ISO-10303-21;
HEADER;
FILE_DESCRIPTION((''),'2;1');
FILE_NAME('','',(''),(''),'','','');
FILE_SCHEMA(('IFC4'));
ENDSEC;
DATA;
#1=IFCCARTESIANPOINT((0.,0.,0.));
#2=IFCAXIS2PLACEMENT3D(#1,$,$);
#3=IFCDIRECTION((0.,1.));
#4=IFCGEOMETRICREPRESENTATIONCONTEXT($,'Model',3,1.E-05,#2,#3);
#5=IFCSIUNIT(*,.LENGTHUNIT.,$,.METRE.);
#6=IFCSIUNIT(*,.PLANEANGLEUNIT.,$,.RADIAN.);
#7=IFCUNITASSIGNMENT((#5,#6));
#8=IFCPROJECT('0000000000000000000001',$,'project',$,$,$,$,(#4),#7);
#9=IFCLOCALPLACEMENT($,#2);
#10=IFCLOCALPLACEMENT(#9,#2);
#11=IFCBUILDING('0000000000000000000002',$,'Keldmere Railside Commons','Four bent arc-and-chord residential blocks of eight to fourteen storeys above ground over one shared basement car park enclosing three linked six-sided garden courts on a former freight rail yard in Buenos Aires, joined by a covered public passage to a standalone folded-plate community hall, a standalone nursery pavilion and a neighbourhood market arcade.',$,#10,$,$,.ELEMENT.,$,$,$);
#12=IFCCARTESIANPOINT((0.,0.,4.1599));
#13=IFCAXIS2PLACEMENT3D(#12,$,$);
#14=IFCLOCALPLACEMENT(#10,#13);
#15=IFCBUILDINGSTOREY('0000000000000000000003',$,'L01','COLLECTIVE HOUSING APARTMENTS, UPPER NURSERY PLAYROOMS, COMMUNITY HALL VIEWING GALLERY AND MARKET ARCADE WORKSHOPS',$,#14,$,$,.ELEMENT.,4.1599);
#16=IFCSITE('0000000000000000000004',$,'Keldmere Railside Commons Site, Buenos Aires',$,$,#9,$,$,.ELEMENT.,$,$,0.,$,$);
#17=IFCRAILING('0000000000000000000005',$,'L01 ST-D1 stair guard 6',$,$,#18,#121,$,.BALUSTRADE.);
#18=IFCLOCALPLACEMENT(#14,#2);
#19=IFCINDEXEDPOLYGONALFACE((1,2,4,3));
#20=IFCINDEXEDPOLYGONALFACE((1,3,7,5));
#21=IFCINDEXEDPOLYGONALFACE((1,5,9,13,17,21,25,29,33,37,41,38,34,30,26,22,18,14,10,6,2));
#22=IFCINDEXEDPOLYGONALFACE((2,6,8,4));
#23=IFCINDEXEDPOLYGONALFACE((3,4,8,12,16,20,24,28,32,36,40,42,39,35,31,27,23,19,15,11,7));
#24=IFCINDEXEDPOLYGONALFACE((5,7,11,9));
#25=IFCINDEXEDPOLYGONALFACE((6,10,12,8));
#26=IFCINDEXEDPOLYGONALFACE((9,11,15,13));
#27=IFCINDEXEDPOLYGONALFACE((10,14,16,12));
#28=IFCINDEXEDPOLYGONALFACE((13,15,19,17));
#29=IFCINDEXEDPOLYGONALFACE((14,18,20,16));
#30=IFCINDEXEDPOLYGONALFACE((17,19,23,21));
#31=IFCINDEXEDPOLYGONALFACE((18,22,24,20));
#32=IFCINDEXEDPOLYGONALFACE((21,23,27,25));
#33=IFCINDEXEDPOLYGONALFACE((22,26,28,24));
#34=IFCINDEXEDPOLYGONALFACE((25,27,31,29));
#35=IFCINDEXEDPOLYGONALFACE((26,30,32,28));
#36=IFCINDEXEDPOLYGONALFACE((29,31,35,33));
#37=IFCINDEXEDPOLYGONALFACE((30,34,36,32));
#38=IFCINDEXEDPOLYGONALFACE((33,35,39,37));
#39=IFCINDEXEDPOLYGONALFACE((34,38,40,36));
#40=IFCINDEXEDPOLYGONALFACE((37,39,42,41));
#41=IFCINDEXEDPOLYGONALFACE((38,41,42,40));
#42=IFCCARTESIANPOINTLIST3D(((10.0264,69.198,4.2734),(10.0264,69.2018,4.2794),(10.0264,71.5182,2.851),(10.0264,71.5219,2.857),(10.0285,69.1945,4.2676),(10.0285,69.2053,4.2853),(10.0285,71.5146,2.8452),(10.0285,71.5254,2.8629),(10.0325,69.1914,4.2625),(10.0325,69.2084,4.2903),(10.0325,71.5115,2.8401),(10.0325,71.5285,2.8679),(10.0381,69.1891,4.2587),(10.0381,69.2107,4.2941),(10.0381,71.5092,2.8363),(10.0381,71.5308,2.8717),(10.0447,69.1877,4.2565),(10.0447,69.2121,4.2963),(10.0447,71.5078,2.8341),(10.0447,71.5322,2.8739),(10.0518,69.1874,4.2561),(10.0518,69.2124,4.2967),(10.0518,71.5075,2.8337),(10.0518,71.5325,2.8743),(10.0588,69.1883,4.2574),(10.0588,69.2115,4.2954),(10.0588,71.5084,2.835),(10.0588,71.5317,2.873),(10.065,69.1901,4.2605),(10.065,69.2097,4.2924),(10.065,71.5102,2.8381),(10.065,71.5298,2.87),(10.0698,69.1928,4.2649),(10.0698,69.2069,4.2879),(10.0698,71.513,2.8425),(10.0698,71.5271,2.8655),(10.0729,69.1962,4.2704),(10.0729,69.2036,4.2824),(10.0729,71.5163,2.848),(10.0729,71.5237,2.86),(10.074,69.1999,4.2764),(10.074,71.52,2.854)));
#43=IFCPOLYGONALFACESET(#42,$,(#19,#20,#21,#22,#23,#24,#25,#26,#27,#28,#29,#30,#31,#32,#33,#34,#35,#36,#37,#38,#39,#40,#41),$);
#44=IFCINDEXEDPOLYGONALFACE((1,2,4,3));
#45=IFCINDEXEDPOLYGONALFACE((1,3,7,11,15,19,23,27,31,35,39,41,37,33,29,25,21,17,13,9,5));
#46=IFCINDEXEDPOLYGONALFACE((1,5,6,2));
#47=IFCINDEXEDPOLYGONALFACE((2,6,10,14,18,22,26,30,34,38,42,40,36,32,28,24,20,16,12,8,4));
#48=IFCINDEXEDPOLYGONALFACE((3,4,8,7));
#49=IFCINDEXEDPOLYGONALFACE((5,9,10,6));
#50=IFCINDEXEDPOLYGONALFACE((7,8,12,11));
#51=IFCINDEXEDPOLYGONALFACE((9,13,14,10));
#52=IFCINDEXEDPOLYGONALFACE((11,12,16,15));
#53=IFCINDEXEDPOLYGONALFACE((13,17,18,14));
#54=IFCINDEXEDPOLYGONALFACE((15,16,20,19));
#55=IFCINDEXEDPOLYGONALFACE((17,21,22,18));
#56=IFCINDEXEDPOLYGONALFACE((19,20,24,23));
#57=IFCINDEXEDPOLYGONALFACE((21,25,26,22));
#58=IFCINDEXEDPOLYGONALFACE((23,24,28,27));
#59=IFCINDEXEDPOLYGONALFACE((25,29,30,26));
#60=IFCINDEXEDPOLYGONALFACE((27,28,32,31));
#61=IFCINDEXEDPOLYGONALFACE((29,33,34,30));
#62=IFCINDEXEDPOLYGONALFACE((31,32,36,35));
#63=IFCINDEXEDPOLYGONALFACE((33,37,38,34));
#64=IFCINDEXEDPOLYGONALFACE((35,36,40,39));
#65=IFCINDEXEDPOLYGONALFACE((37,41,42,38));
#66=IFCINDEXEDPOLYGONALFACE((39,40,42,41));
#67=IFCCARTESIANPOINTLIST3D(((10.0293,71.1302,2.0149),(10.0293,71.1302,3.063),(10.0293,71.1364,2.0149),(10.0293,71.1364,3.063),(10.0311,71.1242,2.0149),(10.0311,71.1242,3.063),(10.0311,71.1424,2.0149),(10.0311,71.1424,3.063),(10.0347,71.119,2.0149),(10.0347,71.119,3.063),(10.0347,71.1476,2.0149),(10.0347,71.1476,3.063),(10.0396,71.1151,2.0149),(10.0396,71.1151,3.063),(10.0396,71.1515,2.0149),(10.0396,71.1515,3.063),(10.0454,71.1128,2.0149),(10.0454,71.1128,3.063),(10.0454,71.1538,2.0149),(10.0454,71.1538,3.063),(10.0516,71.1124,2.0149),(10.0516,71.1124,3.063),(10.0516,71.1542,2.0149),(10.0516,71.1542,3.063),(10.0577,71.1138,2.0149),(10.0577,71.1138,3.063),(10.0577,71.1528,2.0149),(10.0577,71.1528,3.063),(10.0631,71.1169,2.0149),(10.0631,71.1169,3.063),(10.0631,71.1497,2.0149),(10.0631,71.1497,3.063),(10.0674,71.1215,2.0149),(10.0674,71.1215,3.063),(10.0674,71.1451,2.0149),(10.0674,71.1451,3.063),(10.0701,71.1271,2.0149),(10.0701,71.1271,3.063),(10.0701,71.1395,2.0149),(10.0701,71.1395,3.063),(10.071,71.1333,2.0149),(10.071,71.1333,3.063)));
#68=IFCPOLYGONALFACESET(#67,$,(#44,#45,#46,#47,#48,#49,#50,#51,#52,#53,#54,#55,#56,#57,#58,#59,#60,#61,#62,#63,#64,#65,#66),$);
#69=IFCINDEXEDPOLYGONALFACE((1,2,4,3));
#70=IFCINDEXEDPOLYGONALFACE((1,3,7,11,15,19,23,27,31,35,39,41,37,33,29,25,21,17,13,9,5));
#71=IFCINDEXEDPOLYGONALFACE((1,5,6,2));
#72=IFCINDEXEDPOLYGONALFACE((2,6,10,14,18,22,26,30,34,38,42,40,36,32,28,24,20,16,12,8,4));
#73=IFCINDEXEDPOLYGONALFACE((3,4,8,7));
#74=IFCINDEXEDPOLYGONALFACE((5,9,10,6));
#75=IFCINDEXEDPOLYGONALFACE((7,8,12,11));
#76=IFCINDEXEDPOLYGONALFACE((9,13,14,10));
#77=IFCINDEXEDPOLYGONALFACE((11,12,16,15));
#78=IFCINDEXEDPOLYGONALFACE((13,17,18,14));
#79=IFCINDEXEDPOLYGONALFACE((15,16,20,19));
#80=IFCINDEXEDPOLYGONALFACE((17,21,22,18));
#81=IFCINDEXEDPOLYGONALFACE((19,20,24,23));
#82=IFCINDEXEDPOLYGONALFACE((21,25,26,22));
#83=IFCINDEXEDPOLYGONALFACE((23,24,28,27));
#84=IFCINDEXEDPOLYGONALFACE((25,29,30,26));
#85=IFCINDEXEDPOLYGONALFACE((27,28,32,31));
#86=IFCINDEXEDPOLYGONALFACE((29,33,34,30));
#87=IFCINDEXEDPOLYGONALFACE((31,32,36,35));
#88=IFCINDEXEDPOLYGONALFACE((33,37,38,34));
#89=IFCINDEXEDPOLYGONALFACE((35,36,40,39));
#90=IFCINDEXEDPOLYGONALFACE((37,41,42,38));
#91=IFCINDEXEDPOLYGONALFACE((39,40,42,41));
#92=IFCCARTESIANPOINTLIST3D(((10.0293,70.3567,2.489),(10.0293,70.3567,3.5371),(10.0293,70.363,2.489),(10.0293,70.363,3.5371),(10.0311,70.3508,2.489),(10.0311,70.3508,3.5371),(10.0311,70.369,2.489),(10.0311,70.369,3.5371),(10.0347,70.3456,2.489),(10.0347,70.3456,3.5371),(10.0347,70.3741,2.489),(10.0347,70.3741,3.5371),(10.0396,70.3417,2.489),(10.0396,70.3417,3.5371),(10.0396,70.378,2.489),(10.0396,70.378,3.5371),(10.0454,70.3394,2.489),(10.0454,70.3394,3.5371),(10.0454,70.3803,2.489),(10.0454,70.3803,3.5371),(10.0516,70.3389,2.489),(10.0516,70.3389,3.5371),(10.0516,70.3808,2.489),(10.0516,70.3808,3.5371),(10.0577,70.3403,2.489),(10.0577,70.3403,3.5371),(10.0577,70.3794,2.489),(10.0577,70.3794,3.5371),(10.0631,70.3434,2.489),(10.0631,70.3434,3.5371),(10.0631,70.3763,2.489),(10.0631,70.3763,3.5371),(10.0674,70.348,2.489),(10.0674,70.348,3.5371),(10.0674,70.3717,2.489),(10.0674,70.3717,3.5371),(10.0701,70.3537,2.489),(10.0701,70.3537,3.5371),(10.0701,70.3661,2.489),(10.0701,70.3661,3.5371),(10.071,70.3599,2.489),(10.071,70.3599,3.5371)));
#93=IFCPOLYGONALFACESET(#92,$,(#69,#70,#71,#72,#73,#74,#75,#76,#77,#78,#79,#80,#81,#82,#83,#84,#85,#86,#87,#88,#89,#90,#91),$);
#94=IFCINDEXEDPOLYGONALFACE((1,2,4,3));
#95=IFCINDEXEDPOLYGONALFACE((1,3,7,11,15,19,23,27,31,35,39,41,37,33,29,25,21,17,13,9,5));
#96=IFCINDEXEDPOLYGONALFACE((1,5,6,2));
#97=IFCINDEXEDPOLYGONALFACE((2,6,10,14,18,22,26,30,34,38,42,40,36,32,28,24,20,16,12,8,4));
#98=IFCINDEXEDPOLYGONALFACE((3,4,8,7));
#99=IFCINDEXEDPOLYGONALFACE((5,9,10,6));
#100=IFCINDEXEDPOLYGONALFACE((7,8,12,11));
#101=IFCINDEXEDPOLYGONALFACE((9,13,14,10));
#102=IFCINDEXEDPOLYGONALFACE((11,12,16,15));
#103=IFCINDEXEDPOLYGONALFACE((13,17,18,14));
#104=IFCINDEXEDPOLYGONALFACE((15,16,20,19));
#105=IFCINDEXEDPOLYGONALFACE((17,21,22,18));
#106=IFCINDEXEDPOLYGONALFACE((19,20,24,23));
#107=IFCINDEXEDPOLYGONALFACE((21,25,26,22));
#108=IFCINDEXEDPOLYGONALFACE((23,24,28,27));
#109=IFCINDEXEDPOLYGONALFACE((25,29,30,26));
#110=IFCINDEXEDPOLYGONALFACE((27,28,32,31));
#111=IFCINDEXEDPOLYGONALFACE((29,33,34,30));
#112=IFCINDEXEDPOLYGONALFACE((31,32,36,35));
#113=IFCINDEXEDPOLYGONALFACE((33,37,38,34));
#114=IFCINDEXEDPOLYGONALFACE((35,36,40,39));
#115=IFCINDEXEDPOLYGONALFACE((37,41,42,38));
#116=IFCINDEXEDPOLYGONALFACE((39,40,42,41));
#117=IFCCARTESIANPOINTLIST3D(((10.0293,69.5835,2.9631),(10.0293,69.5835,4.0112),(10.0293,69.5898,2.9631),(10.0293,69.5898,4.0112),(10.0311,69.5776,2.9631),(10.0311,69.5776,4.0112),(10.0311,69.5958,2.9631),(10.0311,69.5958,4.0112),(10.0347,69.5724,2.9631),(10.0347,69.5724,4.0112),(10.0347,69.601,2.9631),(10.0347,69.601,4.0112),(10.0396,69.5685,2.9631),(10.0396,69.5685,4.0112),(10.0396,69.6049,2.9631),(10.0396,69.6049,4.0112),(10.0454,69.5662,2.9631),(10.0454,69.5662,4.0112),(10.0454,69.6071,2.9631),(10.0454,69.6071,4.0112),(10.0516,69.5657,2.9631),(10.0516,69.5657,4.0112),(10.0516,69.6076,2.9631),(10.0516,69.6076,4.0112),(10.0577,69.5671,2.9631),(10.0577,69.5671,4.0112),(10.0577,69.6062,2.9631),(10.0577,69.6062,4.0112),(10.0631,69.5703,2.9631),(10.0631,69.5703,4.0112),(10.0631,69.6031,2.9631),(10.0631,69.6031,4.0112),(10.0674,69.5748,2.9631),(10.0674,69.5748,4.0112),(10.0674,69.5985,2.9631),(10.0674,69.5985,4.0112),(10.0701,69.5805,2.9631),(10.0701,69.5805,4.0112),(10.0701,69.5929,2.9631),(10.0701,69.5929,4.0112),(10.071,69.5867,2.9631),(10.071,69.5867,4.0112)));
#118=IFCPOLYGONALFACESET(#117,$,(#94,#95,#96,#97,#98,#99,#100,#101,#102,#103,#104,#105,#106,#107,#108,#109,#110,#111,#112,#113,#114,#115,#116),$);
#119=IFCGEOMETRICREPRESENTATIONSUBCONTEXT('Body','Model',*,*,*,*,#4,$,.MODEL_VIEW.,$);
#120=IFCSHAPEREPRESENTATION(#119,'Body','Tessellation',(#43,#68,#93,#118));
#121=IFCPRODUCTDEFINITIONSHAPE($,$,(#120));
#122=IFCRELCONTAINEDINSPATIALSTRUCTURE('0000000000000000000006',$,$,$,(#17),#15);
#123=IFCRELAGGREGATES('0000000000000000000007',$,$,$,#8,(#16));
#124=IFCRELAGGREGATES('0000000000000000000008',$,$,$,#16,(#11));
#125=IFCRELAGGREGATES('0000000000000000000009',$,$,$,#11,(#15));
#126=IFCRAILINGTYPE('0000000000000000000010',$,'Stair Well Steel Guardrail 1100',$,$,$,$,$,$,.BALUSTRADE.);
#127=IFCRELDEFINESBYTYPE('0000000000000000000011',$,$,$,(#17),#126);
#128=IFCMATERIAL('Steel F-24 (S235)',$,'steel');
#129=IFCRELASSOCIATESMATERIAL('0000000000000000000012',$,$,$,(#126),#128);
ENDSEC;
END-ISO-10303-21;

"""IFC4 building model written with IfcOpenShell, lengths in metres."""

from ifc_helpers import new_model, si_unit, direction, frame, origin, origin_2d, place, context, subcontext, project, spatial, circle, extrude, material, type_object, element, save


model = new_model("IFC4")

# Units and contexts
model_context = context("Model", 3, precision=1e-05, world=origin(), true_north=direction((0.0, 1.0)))
body_context = subcontext(model_context, "Body", "Model", "MODEL_VIEW")
ifc_project = project(units=[si_unit("LENGTHUNIT", "METRE"), si_unit("PLANEANGLEUNIT", "RADIAN")], contexts=[model_context])

# Site, building, storey
site_placement = place(None, origin())
site = spatial("IfcSite", under=ifc_project, at=site_placement, Name="Keldmere Railside Commons Site, Buenos Aires", CompositionType="ELEMENT", RefElevation=0.0)
building_placement = place(site_placement, origin())
building = spatial("IfcBuilding", under=site, at=building_placement, Name="Keldmere Railside Commons", Description="Four bent arc-and-chord residential blocks of eight to fourteen storeys above ground over one shared basement car park enclosing three linked six-sided garden courts on a former freight rail yard in Buenos Aires, joined by a covered public passage to a standalone folded-plate community hall, a standalone nursery pavilion and a neighbourhood market arcade.", CompositionType="ELEMENT")
storey_placement = place(building_placement, frame((0.0, 0.0, 4.1599)))
storey = spatial("IfcBuildingStorey", under=building, at=storey_placement, Name="L01", Description="COLLECTIVE HOUSING APARTMENTS, UPPER NURSERY PLAYROOMS, COMMUNITY HALL VIEWING GALLERY AND MARKET ARCADE WORKSHOPS", CompositionType="ELEMENT", Elevation=4.1599)

# Shared definitions
ifc_material_1 = material(Name="Steel F-24 (S235)", Category="steel")

# Railing
railing_type_1 = type_object("IfcRailingType", Name="Stair Well Steel Guardrail 1100", PredefinedType="BALUSTRADE", material=ifc_material_1)
railing_1_placement = place(storey_placement, frame((10.05, 71.52, 1.7778)))
element("IfcRailing", 1, at=railing_1_placement, inside=storey, type_object=railing_type_1, Name="L01 ST-D1 stair guard 6", PredefinedType="BALUSTRADE", context=body_context, shape_type="SweptSolid", body=[
    extrude(circle(Radius=0.0239, at=origin_2d()), frame((0.0, 0.0, 1.0762), z_axis=(0.0, -0.852538, 0.522665), x_axis=(1.0, 0.0, 0.0)), (0.0, 0.0, 1.0), 2.7214),
    extrude(circle(Radius=0.021, at=origin_2d()), frame((0.0, -0.3867, 0.2371)), (0.0, 0.0, 1.0), 1.0481),
    extrude(circle(Radius=0.021, at=origin_2d()), frame((0.0, -1.1602, 0.7112)), (0.0, 0.0, 1.0), 1.0481),
    extrude(circle(Radius=0.021, at=origin_2d()), frame((0.0, -1.9333, 1.1853)), (0.0, 0.0, 1.0), 1.0481),
])

save(model, "model.ifc")
